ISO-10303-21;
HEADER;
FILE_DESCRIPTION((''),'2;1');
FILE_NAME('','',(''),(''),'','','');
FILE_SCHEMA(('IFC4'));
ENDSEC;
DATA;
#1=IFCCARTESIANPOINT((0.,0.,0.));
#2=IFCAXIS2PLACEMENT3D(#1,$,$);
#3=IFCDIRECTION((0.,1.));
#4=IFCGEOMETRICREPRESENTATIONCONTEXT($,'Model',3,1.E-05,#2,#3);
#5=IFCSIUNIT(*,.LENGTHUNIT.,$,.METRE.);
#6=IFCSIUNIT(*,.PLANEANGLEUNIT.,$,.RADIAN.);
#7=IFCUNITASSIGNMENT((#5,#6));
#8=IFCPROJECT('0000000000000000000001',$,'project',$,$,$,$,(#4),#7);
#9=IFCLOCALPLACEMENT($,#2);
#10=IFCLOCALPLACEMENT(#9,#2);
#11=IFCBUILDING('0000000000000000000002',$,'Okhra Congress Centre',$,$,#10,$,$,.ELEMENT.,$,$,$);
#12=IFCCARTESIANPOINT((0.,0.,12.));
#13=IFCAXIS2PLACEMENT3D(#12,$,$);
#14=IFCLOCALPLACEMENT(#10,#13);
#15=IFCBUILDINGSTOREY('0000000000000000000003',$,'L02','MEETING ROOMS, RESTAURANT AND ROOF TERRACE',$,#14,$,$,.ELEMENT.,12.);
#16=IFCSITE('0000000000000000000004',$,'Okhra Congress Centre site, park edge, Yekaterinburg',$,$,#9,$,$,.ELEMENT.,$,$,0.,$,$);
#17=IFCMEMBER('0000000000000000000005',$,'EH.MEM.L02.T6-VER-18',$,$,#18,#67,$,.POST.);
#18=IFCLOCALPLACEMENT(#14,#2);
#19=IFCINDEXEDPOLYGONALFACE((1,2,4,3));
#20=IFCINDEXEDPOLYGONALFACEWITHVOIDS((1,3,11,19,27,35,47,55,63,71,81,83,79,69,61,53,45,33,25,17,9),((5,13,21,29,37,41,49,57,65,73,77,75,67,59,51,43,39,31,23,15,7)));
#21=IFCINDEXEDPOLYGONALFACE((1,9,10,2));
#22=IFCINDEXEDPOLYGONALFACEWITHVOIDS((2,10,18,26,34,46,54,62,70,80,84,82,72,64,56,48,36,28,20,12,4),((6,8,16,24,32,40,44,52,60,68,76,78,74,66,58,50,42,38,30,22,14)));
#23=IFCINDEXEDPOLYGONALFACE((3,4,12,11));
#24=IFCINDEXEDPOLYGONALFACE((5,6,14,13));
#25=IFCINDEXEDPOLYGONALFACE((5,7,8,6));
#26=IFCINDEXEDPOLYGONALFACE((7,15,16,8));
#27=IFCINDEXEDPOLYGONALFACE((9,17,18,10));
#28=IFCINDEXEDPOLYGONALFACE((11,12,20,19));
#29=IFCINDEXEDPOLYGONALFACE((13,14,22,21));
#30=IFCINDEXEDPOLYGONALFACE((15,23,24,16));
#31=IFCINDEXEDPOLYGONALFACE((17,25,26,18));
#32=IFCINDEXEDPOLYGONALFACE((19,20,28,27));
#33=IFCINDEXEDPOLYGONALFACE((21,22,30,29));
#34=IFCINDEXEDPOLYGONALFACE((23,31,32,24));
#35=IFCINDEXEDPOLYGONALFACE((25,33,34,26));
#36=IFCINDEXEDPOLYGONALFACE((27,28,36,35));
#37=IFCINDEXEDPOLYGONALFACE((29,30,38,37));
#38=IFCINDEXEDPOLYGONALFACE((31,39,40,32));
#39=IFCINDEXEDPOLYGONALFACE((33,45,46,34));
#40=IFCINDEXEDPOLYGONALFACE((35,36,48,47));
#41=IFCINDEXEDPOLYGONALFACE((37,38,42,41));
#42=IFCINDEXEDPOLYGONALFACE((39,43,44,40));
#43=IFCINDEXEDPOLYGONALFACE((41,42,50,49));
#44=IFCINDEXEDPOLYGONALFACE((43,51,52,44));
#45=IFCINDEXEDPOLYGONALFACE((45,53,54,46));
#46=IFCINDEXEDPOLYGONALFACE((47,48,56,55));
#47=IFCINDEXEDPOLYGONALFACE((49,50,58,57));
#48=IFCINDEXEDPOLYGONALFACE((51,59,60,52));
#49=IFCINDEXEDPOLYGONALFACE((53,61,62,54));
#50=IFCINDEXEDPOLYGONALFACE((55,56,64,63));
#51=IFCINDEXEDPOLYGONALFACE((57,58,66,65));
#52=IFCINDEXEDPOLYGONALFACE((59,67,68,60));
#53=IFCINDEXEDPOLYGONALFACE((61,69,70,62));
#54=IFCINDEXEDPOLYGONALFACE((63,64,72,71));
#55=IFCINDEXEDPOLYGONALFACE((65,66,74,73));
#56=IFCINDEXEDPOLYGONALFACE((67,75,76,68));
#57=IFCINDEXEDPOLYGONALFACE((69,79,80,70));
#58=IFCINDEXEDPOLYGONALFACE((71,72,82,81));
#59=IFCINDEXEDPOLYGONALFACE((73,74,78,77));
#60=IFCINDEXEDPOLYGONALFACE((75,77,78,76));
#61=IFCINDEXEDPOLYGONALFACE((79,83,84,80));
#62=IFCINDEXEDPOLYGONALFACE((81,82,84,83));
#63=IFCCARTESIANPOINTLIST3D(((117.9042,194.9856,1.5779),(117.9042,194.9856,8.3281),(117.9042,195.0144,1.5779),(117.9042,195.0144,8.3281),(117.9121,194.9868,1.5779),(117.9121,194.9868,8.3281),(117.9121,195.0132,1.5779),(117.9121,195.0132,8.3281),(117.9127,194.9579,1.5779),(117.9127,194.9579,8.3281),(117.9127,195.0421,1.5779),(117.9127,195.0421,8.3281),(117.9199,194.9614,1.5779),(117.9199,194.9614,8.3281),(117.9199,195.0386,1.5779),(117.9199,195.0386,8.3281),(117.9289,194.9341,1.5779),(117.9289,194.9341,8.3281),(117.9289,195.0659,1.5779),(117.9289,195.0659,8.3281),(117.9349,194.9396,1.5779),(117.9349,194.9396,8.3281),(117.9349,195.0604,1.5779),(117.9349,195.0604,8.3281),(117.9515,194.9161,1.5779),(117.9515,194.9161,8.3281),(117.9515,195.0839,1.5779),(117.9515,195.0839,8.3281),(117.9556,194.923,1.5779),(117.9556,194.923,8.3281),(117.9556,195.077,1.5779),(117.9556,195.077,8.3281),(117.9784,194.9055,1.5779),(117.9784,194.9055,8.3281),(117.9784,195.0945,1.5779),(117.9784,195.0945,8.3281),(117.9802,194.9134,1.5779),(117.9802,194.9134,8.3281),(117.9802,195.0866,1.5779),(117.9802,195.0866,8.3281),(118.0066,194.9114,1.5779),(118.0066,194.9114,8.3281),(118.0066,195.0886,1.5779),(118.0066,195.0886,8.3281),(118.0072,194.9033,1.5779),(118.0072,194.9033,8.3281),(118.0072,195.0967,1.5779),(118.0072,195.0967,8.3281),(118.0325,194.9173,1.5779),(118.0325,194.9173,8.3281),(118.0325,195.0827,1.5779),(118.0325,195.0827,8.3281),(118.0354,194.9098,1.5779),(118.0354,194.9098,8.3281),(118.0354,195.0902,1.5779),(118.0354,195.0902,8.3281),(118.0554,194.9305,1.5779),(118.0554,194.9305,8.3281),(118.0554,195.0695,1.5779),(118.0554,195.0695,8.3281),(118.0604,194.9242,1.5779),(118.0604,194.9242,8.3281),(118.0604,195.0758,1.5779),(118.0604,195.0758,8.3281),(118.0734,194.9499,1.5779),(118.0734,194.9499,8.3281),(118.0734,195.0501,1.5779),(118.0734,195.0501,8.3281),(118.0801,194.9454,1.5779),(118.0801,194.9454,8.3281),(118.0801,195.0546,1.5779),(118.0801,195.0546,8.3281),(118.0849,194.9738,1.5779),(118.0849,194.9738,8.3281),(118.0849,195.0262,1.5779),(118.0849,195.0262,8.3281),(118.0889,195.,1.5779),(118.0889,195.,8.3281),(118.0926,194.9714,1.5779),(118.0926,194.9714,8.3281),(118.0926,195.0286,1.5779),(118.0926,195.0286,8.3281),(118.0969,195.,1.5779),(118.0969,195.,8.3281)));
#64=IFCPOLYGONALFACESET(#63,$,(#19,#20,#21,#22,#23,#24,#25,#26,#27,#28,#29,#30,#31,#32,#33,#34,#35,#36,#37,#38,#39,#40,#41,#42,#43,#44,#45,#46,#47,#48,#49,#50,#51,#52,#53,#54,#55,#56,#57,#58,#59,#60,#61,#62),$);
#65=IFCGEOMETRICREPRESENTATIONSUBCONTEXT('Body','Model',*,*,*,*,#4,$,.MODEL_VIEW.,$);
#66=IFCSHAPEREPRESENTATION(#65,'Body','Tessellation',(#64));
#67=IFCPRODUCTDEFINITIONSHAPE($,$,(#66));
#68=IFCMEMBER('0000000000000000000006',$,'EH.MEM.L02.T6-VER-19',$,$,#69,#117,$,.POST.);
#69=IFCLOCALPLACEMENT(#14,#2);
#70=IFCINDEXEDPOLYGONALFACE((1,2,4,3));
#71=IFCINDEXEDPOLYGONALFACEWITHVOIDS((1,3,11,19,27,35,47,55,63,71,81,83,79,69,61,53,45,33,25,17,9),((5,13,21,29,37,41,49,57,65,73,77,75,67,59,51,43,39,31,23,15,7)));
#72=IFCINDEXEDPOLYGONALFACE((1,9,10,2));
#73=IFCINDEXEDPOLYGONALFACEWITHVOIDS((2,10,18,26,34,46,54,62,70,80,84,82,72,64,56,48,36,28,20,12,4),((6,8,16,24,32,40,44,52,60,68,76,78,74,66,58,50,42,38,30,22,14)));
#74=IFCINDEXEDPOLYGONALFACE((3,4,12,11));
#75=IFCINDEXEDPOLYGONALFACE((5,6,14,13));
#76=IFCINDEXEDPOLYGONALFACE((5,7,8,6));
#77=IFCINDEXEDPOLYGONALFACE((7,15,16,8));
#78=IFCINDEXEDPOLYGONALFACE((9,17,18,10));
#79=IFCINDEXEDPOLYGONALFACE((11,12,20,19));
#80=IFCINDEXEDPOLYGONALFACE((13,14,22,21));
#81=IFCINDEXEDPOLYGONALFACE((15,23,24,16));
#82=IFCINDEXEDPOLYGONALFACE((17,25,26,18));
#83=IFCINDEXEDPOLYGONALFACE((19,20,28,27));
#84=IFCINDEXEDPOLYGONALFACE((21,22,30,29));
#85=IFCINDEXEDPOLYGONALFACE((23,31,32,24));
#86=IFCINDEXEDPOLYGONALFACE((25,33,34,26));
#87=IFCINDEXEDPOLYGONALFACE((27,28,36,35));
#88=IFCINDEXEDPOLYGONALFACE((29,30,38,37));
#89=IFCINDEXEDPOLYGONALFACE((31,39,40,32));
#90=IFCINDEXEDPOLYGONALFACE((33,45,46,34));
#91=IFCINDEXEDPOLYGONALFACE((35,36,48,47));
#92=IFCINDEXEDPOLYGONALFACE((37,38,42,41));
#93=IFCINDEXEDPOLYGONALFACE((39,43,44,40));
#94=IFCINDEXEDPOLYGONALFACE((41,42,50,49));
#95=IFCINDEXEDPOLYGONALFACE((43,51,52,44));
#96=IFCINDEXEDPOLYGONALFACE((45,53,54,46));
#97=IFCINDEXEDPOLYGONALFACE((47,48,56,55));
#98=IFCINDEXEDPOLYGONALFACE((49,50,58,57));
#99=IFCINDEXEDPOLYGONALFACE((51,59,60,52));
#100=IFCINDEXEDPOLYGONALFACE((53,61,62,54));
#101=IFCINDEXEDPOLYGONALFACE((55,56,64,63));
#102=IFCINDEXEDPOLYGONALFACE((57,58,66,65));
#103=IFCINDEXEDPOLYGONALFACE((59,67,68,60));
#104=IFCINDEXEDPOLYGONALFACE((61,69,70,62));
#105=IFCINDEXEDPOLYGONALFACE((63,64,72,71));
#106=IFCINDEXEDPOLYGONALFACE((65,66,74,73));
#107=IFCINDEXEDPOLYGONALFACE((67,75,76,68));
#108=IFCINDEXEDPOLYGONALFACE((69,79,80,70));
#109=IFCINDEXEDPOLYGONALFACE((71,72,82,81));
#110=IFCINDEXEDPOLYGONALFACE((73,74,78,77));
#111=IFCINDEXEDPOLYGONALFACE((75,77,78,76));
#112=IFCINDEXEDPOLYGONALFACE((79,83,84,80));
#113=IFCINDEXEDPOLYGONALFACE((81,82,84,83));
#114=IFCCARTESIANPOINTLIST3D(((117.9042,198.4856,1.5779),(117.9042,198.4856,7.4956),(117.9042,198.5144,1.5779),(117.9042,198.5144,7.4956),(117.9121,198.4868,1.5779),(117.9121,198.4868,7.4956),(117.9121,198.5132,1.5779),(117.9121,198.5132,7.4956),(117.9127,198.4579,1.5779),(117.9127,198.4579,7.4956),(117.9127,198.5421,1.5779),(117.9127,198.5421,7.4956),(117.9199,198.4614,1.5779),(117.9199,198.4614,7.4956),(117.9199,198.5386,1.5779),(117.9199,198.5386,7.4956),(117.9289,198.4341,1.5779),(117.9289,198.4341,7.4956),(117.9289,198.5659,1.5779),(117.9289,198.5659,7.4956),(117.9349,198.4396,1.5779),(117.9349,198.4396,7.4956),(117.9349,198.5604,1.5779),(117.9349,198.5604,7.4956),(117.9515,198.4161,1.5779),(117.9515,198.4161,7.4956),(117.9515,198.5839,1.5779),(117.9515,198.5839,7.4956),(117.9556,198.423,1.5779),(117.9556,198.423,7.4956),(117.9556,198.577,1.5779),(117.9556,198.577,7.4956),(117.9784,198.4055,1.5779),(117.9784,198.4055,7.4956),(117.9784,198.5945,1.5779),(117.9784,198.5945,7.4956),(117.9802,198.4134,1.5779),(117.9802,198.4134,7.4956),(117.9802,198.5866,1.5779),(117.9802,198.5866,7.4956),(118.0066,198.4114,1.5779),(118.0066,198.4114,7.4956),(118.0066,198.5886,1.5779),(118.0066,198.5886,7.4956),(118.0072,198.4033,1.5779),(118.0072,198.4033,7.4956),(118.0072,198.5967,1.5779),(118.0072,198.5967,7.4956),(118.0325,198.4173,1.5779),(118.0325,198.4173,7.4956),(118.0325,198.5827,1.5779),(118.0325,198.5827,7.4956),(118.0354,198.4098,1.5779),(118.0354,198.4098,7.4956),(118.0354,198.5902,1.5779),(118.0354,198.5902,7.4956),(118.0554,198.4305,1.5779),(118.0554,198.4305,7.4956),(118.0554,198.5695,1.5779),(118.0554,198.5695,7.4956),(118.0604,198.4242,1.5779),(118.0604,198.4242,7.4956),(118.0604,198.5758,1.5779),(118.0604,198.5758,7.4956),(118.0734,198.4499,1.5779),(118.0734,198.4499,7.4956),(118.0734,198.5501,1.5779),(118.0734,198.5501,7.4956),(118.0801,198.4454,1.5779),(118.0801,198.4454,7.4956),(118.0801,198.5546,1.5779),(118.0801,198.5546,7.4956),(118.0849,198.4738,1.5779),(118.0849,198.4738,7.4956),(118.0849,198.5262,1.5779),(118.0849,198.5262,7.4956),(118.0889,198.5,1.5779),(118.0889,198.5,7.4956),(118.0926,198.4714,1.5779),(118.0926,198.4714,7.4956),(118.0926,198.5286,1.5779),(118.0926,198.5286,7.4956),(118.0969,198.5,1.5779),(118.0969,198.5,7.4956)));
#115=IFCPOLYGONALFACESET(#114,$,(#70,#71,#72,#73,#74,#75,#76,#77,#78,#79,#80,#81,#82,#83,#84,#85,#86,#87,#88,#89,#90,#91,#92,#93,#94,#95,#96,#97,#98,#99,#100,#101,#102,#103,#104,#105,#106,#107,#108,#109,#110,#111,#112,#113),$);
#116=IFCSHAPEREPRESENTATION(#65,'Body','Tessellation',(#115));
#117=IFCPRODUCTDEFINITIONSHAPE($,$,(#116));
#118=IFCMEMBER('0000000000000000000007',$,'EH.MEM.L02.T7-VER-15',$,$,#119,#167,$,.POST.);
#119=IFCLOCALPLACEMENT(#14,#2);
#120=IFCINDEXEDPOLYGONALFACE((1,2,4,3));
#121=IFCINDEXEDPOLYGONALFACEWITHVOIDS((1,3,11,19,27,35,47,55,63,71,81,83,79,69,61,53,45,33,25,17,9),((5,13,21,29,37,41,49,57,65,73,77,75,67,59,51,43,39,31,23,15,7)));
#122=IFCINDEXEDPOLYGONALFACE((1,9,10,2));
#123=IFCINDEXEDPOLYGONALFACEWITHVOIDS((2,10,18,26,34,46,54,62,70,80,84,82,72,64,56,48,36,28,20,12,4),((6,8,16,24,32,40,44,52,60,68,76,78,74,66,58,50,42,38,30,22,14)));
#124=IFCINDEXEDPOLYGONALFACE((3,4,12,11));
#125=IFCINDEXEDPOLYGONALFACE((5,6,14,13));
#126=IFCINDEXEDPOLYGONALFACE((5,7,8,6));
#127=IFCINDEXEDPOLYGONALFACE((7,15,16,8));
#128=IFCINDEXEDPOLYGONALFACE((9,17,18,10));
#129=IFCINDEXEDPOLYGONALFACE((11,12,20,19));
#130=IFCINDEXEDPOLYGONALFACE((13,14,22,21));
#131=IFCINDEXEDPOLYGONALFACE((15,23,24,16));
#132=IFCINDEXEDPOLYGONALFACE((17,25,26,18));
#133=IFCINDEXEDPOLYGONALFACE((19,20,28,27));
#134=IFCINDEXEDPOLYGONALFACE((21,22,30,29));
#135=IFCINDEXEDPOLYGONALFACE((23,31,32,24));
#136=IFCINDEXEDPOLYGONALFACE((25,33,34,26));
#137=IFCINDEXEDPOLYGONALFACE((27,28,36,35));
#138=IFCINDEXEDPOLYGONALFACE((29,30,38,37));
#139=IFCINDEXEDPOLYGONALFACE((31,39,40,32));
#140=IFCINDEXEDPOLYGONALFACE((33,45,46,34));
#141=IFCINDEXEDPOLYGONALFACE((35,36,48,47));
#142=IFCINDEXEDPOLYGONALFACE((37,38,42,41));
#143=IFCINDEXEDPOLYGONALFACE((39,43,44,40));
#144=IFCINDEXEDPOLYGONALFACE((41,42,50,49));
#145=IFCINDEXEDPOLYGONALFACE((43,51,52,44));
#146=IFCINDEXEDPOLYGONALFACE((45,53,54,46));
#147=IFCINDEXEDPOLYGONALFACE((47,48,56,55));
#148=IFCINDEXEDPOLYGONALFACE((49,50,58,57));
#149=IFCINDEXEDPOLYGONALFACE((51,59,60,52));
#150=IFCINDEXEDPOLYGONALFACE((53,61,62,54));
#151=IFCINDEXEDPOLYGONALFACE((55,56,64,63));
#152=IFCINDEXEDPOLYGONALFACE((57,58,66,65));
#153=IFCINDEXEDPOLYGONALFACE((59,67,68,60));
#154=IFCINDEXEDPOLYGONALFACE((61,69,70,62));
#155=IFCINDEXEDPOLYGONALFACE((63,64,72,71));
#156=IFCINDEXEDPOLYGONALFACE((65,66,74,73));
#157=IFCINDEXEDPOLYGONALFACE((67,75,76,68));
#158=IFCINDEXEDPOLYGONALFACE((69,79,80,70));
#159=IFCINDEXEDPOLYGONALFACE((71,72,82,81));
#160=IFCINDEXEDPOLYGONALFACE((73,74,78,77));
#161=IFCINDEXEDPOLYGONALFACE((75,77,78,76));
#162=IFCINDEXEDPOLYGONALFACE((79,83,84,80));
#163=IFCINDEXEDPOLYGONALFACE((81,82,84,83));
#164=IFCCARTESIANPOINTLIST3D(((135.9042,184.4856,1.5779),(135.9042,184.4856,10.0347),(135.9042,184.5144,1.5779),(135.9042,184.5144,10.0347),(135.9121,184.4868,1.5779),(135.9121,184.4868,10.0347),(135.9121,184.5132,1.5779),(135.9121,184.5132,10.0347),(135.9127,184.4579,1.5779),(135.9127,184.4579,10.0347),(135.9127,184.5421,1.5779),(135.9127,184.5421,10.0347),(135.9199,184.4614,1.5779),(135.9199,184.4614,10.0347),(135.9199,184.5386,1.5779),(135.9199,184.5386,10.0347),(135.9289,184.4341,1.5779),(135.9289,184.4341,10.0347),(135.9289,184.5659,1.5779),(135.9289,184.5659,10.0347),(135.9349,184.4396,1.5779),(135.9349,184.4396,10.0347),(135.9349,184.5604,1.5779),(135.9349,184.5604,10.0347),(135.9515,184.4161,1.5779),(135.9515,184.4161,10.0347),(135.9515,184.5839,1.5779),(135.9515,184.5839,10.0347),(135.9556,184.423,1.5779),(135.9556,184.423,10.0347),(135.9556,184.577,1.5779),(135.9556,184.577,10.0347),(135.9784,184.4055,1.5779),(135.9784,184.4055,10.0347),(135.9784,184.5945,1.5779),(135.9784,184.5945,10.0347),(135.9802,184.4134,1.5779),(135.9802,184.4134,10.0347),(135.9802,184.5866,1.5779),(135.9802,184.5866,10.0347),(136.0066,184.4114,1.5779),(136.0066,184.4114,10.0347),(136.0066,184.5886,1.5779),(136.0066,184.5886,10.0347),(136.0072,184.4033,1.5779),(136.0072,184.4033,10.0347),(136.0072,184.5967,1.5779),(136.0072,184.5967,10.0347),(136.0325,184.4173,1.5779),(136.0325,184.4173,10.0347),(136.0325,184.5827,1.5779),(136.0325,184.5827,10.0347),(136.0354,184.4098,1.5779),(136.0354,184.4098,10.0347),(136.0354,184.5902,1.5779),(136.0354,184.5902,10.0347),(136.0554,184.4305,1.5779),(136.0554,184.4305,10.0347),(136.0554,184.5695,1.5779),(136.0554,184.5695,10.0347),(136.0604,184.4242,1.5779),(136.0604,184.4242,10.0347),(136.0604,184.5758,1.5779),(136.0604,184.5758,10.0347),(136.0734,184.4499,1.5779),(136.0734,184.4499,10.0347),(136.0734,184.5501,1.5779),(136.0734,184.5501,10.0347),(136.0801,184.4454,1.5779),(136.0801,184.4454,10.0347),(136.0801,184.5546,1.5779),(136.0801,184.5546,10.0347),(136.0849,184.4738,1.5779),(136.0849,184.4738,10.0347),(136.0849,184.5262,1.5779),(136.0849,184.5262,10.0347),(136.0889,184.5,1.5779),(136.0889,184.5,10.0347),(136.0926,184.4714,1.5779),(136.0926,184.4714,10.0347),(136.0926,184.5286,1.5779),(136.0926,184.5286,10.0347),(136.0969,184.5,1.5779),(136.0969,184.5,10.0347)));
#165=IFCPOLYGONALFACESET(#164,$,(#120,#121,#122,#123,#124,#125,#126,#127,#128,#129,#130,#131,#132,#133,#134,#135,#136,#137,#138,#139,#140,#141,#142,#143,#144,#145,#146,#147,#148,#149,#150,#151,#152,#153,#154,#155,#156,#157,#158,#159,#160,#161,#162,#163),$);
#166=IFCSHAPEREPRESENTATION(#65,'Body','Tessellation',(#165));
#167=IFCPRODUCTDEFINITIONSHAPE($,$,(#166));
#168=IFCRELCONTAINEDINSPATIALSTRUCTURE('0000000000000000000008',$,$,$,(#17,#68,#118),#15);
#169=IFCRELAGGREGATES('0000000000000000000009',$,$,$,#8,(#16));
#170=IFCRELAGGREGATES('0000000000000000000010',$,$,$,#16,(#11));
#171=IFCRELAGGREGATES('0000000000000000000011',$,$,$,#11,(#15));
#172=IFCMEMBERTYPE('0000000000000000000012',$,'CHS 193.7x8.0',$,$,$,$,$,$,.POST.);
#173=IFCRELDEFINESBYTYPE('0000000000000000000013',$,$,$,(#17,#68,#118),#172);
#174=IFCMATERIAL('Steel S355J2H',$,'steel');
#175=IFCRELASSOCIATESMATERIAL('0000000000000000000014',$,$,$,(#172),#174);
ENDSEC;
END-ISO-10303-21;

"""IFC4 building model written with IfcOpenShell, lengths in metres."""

from ifc_helpers import new_model, si_unit, direction, frame, origin, origin_2d, place, context, subcontext, project, spatial, hollow_circle, extrude, material, material_profile, profile_set, type_object, element, save


model = new_model("IFC4")

# Units and contexts
model_context = context("Model", 3, precision=1e-05, world=origin(), true_north=direction((0.0, 1.0)))
body_context = subcontext(model_context, "Body", "Model", "MODEL_VIEW")
ifc_project = project(units=[si_unit("LENGTHUNIT", "METRE"), si_unit("PLANEANGLEUNIT", "RADIAN")], contexts=[model_context])

# Site, building, storey
site_placement = place(None, origin())
site = spatial("IfcSite", under=ifc_project, at=site_placement, Name="Okhra Congress Centre site, park edge, Yekaterinburg", CompositionType="ELEMENT", RefElevation=0.0)
building_placement = place(site_placement, origin())
building = spatial("IfcBuilding", under=site, at=building_placement, Name="Okhra Congress Centre", CompositionType="ELEMENT")
storey_placement = place(building_placement, frame((0.0, 0.0, 12.0)))
storey = spatial("IfcBuildingStorey", under=building, at=storey_placement, Name="L02", Description="MEETING ROOMS, RESTAURANT AND ROOF TERRACE", CompositionType="ELEMENT", Elevation=12.0)

# Members
ifc_material_1 = material(Name="Steel S355J2H", Category="steel")
ifc_material_profile_1 = material_profile(ifc_material_1, hollow_circle(Radius=0.0969, WallThickness=0.0081, at=origin_2d()), Name="CHS 193.7x8.0")
ifc_profile_set_1 = profile_set([ifc_material_profile_1], Name="Steel S355J2H")
member_type_1 = type_object("IfcMemberType", Name="CHS 193.7x8.0", PredefinedType="POST", material=ifc_profile_set_1)
member_1_placement = place(storey_placement, frame((118.0, 195.0, 1.5779), z_axis=(0.0, 0.0, 1.0), x_axis=(1.0, 0.0, 0.0)))
element("IfcMember", 1, at=member_1_placement, inside=storey, type_object=member_type_1, Name="EH.MEM.L02.T6-VER-18", PredefinedType="POST", context=body_context, shape_type="SweptSolid", body=[
    extrude(hollow_circle(Radius=0.0969, WallThickness=0.0081, at=origin_2d()), origin(), (0.0, 0.0, 1.0), 6.7502),
])
member_2_placement = place(storey_placement, frame((118.0, 198.5, 1.5779), z_axis=(0.0, 0.0, 1.0), x_axis=(1.0, 0.0, 0.0)))
element("IfcMember", 2, at=member_2_placement, inside=storey, type_object=member_type_1, Name="EH.MEM.L02.T6-VER-19", PredefinedType="POST", context=body_context, shape_type="SweptSolid", body=[
    extrude(hollow_circle(Radius=0.0969, WallThickness=0.0081, at=origin_2d()), origin(), (0.0, 0.0, 1.0), 5.9177),
])
member_3_placement = place(storey_placement, frame((136.0, 184.5, 1.5779), z_axis=(0.0, 0.0, 1.0), x_axis=(1.0, 0.0, 0.0)))
element("IfcMember", 3, at=member_3_placement, inside=storey, type_object=member_type_1, Name="EH.MEM.L02.T7-VER-15", PredefinedType="POST", context=body_context, shape_type="SweptSolid", body=[
    extrude(hollow_circle(Radius=0.0969, WallThickness=0.0081, at=origin_2d()), origin(), (0.0, 0.0, 1.0), 8.4568),
])

save(model, "model.ifc")
